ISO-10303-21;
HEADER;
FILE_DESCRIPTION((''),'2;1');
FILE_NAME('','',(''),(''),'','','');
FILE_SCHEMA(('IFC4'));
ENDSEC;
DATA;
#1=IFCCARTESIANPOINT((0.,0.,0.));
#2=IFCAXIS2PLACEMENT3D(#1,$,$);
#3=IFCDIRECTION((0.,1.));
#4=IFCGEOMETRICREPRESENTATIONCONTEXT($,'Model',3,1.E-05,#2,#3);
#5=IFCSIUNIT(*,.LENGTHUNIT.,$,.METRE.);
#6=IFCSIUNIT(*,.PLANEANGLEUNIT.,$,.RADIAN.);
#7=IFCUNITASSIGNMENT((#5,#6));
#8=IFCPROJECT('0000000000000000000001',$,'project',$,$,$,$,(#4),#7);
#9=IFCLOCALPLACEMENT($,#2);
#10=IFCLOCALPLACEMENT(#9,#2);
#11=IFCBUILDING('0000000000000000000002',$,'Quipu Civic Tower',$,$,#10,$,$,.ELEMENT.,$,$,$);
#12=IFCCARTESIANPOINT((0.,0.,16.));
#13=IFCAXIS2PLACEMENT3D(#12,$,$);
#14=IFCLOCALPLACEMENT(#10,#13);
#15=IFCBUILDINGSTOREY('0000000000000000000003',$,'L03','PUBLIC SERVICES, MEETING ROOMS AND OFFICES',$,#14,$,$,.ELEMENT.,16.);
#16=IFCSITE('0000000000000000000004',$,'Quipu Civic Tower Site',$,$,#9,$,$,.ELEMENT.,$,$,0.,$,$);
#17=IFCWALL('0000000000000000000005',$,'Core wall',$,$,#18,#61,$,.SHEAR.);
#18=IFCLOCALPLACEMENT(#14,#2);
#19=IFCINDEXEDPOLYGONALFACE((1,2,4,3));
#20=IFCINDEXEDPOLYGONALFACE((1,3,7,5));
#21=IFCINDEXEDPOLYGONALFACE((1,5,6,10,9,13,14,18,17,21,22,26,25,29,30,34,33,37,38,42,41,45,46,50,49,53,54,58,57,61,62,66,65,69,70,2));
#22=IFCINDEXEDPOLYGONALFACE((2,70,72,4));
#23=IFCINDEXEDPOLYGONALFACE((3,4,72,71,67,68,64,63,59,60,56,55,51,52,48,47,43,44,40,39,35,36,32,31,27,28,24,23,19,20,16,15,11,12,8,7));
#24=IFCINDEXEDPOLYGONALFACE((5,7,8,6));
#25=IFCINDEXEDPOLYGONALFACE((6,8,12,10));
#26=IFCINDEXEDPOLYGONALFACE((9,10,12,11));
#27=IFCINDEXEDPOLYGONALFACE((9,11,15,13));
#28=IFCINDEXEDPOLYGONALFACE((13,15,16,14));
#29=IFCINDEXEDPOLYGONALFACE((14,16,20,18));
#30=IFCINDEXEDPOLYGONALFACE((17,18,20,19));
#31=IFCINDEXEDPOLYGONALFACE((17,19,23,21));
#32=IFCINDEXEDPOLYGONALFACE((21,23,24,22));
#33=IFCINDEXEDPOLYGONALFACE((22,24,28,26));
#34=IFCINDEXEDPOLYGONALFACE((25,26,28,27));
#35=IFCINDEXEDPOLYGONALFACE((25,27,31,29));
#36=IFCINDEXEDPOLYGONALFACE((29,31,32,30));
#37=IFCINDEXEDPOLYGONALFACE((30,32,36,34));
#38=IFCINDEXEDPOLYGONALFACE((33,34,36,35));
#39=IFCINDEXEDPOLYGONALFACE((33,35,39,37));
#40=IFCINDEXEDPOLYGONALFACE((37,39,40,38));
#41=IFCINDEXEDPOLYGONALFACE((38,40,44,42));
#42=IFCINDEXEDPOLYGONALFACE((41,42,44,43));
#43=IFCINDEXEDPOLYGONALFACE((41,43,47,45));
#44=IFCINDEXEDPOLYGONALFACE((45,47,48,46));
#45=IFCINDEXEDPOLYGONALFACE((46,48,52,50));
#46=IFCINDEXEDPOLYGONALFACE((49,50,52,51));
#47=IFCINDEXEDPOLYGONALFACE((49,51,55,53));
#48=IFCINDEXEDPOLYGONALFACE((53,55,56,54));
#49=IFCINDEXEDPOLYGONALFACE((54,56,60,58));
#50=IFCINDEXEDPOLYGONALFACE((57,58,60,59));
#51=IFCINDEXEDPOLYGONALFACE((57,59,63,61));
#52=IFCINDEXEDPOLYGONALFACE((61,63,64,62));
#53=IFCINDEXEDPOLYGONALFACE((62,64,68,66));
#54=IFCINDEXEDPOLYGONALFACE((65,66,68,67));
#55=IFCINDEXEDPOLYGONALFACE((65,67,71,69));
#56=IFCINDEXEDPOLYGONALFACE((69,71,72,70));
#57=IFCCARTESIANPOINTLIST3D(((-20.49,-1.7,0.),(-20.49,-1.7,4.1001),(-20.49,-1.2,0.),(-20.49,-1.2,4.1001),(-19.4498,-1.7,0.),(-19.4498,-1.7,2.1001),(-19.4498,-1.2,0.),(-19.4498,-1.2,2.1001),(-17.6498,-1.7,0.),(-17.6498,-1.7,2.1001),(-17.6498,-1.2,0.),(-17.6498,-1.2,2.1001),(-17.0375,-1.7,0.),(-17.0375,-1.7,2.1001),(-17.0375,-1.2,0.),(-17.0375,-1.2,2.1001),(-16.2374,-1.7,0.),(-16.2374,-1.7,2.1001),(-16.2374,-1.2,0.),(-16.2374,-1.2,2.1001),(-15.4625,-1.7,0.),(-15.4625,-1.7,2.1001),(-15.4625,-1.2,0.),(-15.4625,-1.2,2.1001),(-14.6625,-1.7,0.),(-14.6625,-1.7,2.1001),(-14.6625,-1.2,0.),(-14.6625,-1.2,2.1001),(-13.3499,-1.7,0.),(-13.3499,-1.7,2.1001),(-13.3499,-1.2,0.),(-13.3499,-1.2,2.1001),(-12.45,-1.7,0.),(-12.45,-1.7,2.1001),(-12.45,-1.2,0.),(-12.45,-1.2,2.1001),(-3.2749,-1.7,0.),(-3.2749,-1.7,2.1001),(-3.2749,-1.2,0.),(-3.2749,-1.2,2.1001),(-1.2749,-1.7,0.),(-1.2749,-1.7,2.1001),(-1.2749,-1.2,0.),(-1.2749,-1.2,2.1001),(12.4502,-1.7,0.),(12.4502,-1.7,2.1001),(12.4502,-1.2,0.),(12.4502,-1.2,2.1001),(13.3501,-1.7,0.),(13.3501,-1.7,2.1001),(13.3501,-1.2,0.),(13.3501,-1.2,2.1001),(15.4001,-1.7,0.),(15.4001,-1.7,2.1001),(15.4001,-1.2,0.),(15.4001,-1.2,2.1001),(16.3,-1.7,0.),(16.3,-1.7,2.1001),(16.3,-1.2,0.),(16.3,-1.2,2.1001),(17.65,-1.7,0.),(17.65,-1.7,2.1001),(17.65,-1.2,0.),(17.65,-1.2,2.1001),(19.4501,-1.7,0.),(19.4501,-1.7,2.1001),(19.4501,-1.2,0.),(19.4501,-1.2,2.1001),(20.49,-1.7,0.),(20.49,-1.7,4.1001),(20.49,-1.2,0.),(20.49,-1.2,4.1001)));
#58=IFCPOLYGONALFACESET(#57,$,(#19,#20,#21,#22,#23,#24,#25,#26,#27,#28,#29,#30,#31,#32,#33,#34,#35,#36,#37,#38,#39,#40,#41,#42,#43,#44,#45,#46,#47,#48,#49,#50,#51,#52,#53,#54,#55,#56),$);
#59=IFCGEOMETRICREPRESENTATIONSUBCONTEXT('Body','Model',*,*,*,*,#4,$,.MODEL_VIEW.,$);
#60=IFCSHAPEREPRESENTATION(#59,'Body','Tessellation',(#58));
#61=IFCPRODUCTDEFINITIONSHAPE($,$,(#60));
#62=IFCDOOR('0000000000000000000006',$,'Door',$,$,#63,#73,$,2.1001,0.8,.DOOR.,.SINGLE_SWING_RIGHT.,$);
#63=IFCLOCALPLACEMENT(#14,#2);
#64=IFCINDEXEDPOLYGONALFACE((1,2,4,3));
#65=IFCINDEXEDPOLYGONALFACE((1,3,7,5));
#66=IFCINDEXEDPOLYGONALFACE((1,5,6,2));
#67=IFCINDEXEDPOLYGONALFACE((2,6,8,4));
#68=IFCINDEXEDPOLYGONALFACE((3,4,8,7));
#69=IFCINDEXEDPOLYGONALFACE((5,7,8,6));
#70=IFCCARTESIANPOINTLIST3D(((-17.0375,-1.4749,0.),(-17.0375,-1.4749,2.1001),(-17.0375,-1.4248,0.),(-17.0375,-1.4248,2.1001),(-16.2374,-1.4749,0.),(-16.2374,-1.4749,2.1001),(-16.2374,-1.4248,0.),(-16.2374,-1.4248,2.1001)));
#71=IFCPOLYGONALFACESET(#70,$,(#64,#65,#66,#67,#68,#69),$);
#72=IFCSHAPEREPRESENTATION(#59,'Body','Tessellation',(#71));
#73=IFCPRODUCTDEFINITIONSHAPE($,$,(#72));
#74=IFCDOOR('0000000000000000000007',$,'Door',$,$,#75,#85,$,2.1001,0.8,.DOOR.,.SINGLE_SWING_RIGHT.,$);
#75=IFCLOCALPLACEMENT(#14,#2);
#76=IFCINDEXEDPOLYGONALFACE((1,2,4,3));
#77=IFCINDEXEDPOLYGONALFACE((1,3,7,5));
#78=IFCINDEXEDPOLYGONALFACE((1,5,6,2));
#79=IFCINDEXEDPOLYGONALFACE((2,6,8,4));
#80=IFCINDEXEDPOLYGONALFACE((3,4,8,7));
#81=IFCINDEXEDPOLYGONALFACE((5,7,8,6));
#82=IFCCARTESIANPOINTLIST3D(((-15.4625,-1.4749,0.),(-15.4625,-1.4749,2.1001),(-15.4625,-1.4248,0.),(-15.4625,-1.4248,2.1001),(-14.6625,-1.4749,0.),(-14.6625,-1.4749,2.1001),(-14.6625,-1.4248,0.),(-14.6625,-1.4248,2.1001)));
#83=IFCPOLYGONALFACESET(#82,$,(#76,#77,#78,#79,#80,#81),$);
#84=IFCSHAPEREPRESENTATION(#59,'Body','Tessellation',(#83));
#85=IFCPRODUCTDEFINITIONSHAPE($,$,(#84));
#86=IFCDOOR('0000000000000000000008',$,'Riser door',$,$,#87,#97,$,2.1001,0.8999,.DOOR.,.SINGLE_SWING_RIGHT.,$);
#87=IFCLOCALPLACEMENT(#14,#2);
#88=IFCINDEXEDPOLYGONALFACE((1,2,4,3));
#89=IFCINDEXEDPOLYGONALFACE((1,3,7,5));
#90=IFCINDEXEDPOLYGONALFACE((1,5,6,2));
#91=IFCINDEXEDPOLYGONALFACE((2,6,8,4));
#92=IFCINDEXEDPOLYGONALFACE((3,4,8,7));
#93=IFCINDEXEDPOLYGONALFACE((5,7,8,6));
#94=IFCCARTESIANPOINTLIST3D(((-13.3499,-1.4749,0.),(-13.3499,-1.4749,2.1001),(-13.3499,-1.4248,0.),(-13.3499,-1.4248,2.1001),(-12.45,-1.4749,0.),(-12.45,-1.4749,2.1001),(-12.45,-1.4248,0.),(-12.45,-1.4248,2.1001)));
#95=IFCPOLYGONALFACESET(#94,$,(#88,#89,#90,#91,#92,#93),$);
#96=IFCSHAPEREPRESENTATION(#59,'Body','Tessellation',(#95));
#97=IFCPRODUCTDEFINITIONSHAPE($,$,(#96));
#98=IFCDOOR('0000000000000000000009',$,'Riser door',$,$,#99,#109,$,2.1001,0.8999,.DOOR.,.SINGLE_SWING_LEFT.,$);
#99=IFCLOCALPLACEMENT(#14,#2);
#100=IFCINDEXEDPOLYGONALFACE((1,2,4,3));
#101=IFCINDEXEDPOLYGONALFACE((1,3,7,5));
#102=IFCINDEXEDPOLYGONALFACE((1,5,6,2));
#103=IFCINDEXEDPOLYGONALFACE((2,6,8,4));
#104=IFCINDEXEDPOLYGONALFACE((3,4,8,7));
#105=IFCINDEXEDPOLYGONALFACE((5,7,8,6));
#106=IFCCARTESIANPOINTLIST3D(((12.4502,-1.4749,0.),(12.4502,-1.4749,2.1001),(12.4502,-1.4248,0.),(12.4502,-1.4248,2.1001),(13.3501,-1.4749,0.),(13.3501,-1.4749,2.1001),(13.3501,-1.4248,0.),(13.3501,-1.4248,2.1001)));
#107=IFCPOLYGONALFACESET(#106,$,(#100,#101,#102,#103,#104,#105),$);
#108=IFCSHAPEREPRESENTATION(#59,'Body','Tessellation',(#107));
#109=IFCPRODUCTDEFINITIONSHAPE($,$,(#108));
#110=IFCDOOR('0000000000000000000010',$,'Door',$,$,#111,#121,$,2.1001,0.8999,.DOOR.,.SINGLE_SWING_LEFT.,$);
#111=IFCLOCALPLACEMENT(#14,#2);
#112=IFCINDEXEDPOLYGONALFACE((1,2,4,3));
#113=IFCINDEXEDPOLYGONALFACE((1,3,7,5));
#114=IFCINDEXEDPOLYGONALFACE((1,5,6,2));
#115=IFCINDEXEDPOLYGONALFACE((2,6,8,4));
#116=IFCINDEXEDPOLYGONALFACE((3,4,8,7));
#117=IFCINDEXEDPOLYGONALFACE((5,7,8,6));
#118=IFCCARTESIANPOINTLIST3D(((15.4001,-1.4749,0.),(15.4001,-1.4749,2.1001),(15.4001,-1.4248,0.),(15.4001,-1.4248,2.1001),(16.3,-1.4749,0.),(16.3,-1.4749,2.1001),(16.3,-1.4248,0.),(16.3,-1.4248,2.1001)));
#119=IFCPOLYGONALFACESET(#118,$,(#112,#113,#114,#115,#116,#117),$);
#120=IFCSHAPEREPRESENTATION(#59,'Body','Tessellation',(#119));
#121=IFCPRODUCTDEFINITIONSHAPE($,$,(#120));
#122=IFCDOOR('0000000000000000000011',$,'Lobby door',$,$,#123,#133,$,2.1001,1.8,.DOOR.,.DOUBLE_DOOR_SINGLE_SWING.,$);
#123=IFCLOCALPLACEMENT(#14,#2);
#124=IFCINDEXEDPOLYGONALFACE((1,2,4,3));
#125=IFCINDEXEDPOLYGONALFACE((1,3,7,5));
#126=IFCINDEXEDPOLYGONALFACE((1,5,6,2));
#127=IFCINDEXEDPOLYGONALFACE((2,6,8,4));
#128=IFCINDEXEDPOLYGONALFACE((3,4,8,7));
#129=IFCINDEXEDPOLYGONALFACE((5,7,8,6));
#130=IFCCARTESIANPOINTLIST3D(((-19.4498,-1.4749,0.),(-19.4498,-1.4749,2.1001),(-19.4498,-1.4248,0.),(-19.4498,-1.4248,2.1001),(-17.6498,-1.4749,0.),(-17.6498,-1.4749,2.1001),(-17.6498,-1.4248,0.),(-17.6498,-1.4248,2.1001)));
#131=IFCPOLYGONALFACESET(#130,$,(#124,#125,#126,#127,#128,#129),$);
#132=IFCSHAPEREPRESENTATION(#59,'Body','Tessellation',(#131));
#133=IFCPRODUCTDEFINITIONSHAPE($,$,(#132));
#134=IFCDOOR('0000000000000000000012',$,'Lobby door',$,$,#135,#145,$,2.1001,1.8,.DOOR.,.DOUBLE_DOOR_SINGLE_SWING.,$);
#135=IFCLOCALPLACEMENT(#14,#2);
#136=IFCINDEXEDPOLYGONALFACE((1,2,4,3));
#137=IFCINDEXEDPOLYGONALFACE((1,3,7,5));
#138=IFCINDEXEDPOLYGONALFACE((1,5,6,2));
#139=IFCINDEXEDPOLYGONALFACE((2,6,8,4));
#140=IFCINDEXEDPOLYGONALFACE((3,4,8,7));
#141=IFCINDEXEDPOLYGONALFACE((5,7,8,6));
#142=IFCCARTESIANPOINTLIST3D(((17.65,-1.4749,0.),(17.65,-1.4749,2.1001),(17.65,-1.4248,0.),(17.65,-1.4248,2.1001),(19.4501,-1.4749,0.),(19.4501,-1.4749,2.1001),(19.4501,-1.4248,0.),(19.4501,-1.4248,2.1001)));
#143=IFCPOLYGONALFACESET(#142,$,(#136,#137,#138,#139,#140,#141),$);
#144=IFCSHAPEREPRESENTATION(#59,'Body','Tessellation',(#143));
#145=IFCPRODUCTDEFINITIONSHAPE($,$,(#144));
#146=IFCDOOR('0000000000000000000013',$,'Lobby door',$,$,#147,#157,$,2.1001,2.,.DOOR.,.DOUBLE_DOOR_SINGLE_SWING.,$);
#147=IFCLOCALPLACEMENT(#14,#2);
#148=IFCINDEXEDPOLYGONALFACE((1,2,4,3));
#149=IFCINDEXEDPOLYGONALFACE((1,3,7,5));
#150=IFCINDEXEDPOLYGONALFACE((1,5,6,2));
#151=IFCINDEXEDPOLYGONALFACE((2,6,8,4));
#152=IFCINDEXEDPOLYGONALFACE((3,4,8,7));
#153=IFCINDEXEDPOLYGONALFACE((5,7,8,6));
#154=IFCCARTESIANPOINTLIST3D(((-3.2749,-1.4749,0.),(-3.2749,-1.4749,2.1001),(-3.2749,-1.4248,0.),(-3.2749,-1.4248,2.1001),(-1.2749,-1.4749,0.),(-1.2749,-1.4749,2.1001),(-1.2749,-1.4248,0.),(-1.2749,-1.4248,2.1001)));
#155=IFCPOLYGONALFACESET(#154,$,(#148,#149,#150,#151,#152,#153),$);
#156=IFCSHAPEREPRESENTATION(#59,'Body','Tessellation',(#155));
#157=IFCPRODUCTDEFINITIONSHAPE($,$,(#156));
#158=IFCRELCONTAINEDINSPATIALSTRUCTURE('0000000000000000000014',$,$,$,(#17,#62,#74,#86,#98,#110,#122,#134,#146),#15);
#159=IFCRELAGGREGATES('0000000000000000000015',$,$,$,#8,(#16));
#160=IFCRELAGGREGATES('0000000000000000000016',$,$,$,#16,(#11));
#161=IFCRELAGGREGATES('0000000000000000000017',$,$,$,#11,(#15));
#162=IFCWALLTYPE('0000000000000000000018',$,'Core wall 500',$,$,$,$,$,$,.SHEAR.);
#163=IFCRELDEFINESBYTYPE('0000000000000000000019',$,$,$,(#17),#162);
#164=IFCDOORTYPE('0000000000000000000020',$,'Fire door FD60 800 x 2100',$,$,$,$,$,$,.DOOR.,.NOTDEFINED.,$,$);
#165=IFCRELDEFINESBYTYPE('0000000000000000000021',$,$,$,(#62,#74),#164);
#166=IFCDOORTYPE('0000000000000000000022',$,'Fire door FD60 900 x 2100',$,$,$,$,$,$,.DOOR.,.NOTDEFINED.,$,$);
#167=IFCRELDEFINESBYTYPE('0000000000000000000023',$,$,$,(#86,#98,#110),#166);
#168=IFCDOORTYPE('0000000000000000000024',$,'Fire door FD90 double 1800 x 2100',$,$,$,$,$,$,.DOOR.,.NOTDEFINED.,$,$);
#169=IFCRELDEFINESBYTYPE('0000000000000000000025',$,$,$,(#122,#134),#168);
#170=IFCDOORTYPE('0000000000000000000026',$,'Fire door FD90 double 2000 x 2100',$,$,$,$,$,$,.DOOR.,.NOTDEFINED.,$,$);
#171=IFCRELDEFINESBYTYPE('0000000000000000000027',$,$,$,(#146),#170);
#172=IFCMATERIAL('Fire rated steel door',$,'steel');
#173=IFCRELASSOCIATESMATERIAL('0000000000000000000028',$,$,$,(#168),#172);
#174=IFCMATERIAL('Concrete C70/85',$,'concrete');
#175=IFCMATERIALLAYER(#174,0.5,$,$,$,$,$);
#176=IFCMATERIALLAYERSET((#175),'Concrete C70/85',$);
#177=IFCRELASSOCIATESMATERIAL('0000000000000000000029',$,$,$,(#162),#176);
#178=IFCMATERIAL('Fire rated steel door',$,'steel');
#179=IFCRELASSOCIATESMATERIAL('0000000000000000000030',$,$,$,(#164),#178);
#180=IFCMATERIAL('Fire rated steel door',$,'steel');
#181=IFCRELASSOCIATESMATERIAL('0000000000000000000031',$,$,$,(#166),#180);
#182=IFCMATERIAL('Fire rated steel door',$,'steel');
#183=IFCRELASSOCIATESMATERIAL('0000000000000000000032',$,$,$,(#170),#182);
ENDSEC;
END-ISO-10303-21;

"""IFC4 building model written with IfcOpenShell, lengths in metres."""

from ifc_helpers import new_model, si_unit, direction, frame, frame_2d, origin, place, context, subcontext, project, spatial, rectangle, extrude, material, layer, layer_set, type_object, element, fill, save


model = new_model("IFC4")

# Units and contexts
model_context = context("Model", 3, precision=1e-05, world=origin(), true_north=direction((0.0, 1.0)))
body_context = subcontext(model_context, "Body", "Model", "MODEL_VIEW")
ifc_project = project(units=[si_unit("LENGTHUNIT", "METRE"), si_unit("PLANEANGLEUNIT", "RADIAN")], contexts=[model_context])

# Site, building, storey
site_placement = place(None, origin())
site = spatial("IfcSite", under=ifc_project, at=site_placement, Name="Quipu Civic Tower Site", CompositionType="ELEMENT", RefElevation=0.0)
building_placement = place(site_placement, origin())
building = spatial("IfcBuilding", under=site, at=building_placement, Name="Quipu Civic Tower", CompositionType="ELEMENT")
storey_placement = place(building_placement, frame((0.0, 0.0, 16.0)))
storey = spatial("IfcBuildingStorey", under=building, at=storey_placement, Name="L03", Description="PUBLIC SERVICES, MEETING ROOMS AND OFFICES", CompositionType="ELEMENT", Elevation=16.0)

# Shared definitions
ifc_material_1 = material(Name="Fire rated steel door", Category="steel")
door_type_1 = type_object("IfcDoorType", Name="Fire door FD90 double 1800 x 2100", OperationType="NOTDEFINED", PredefinedType="DOOR", material=ifc_material_1)

# Wall, openings, doors
ifc_material_2 = material(Name="Concrete C70/85", Category="concrete")
ifc_layer_1 = layer(ifc_material_2, 0.5)
ifc_layer_set_1 = layer_set([ifc_layer_1], Name="Concrete C70/85")
wall_type_1 = type_object("IfcWallType", Name="Core wall 500", PredefinedType="SHEAR", material=ifc_layer_set_1)
wall_1_placement = place(storey_placement, frame((20.49, -1.45, 0.0), z_axis=(0.0, 0.0, 1.0), x_axis=(-1.0, 0.0, 0.0)))
wall_1 = element("IfcWall", 1, at=wall_1_placement, inside=storey, type_object=wall_type_1, Name="Core wall", PredefinedType="SHEAR", context=body_context, shape_type="SweptSolid", body=[
    extrude(rectangle(XDim=40.98, YDim=0.5, at=frame_2d((20.49, 0.0))), origin(), (0.0, 0.0, 1.0), 4.1001),
])
opening_1_placement = place(wall_1_placement, frame((38.1399, 0.0, 0.0)))
opening_1 = element("IfcOpeningElement", 2, at=opening_1_placement, cuts=wall_1, PredefinedType="OPENING", context=body_context, shape_type="SweptSolid", body=[
    extrude(rectangle(XDim=1.8, YDim=2.1001, at=frame_2d((0.8999, 1.05))), frame((0.0, 0.26, 0.0), z_axis=(0.0, -1.0, 0.0), x_axis=(1.0, 0.0, 0.0)), (0.0, 0.0, 1.0), 0.52),
])
opening_2_placement = place(wall_1_placement, frame((36.7275, 0.0, 0.0)))
opening_2 = element("IfcOpeningElement", 3, at=opening_2_placement, cuts=wall_1, PredefinedType="OPENING", context=body_context, shape_type="SweptSolid", body=[
    extrude(rectangle(XDim=0.8, YDim=2.1001, at=frame_2d((0.3999, 1.05))), frame((0.0, 0.26, 0.0), z_axis=(0.0, -1.0, 0.0), x_axis=(1.0, 0.0, 0.0)), (0.0, 0.0, 1.0), 0.52),
])
opening_3_placement = place(wall_1_placement, frame((35.1526, 0.0, 0.0)))
opening_3 = element("IfcOpeningElement", 4, at=opening_3_placement, cuts=wall_1, PredefinedType="OPENING", context=body_context, shape_type="SweptSolid", body=[
    extrude(rectangle(XDim=0.8, YDim=2.1001, at=frame_2d((0.3999, 1.05))), frame((0.0, 0.26, 0.0), z_axis=(0.0, -1.0, 0.0), x_axis=(1.0, 0.0, 0.0)), (0.0, 0.0, 1.0), 0.52),
])
opening_4_placement = place(wall_1_placement, frame((32.9399, 0.0, 0.0)))
opening_4 = element("IfcOpeningElement", 5, at=opening_4_placement, cuts=wall_1, PredefinedType="OPENING", context=body_context, shape_type="SweptSolid", body=[
    extrude(rectangle(XDim=0.8999, YDim=2.1001, at=frame_2d((0.45, 1.05))), frame((0.0, 0.26, 0.0), z_axis=(0.0, -1.0, 0.0), x_axis=(1.0, 0.0, 0.0)), (0.0, 0.0, 1.0), 0.52),
])
opening_5_placement = place(wall_1_placement, frame((21.7649, 0.0, 0.0)))
opening_5 = element("IfcOpeningElement", 6, at=opening_5_placement, cuts=wall_1, PredefinedType="OPENING", context=body_context, shape_type="SweptSolid", body=[
    extrude(rectangle(XDim=2.0, YDim=2.1001, at=frame_2d((1.0, 1.05))), frame((0.0, 0.26, 0.0), z_axis=(0.0, -1.0, 0.0), x_axis=(1.0, 0.0, 0.0)), (0.0, 0.0, 1.0), 0.52),
])
opening_6_placement = place(wall_1_placement, frame((7.1399, 0.0, 0.0)))
opening_6 = element("IfcOpeningElement", 7, at=opening_6_placement, cuts=wall_1, PredefinedType="OPENING", context=body_context, shape_type="SweptSolid", body=[
    extrude(rectangle(XDim=0.8999, YDim=2.1001, at=frame_2d((0.45, 1.05))), frame((0.0, 0.26, 0.0), z_axis=(0.0, -1.0, 0.0), x_axis=(1.0, 0.0, 0.0)), (0.0, 0.0, 1.0), 0.52),
])
opening_7_placement = place(wall_1_placement, frame((4.1899, 0.0, 0.0)))
opening_7 = element("IfcOpeningElement", 8, at=opening_7_placement, cuts=wall_1, PredefinedType="OPENING", context=body_context, shape_type="SweptSolid", body=[
    extrude(rectangle(XDim=0.8999, YDim=2.1001, at=frame_2d((0.45, 1.05))), frame((0.0, 0.26, 0.0), z_axis=(0.0, -1.0, 0.0), x_axis=(1.0, 0.0, 0.0)), (0.0, 0.0, 1.0), 0.52),
])
opening_8_placement = place(wall_1_placement, frame((1.04, 0.0, 0.0)))
opening_8 = element("IfcOpeningElement", 9, at=opening_8_placement, cuts=wall_1, PredefinedType="OPENING", context=body_context, shape_type="SweptSolid", body=[
    extrude(rectangle(XDim=1.8, YDim=2.1001, at=frame_2d((0.8999, 1.05))), frame((0.0, 0.26, 0.0), z_axis=(0.0, -1.0, 0.0), x_axis=(1.0, 0.0, 0.0)), (0.0, 0.0, 1.0), 0.52),
])
ifc_material_3 = material(Name="Fire rated steel door", Category="steel")
door_type_2 = type_object("IfcDoorType", Name="Fire door FD60 800 x 2100", OperationType="NOTDEFINED", PredefinedType="DOOR", material=ifc_material_3)
door_1_placement = place(opening_2_placement, origin())
door_1 = element("IfcDoor", 10, at=door_1_placement, inside=storey, type_object=door_type_2, Name="Door", OperationType="SINGLE_SWING_RIGHT", OverallHeight=2.1001, OverallWidth=0.8, PredefinedType="DOOR", context=body_context, shape_type="SweptSolid", body=[
    extrude(rectangle(XDim=0.8, YDim=2.1001, at=frame_2d((0.3999, 1.05))), frame((0.0, 0.0249, 0.0), z_axis=(0.0, -1.0, 0.0), x_axis=(1.0, 0.0, 0.0)), (0.0, 0.0, 1.0), 0.05),
])
fill(opening_2, door_1)
door_2_placement = place(opening_3_placement, origin())
door_2 = element("IfcDoor", 11, at=door_2_placement, inside=storey, type_object=door_type_2, Name="Door", OperationType="SINGLE_SWING_RIGHT", OverallHeight=2.1001, OverallWidth=0.8, PredefinedType="DOOR", context=body_context, shape_type="SweptSolid", body=[
    extrude(rectangle(XDim=0.8, YDim=2.1001, at=frame_2d((0.3999, 1.05))), frame((0.0, 0.0249, 0.0), z_axis=(0.0, -1.0, 0.0), x_axis=(1.0, 0.0, 0.0)), (0.0, 0.0, 1.0), 0.05),
])
fill(opening_3, door_2)
ifc_material_4 = material(Name="Fire rated steel door", Category="steel")
door_type_3 = type_object("IfcDoorType", Name="Fire door FD60 900 x 2100", OperationType="NOTDEFINED", PredefinedType="DOOR", material=ifc_material_4)
door_3_placement = place(opening_4_placement, origin())
door_3 = element("IfcDoor", 12, at=door_3_placement, inside=storey, type_object=door_type_3, Name="Riser door", OperationType="SINGLE_SWING_RIGHT", OverallHeight=2.1001, OverallWidth=0.8999, PredefinedType="DOOR", context=body_context, shape_type="SweptSolid", body=[
    extrude(rectangle(XDim=0.8999, YDim=2.1001, at=frame_2d((0.45, 1.05))), frame((0.0, 0.0249, 0.0), z_axis=(0.0, -1.0, 0.0), x_axis=(1.0, 0.0, 0.0)), (0.0, 0.0, 1.0), 0.05),
])
fill(opening_4, door_3)
door_4_placement = place(opening_6_placement, origin())
door_4 = element("IfcDoor", 13, at=door_4_placement, inside=storey, type_object=door_type_3, Name="Riser door", OperationType="SINGLE_SWING_LEFT", OverallHeight=2.1001, OverallWidth=0.8999, PredefinedType="DOOR", context=body_context, shape_type="SweptSolid", body=[
    extrude(rectangle(XDim=0.8999, YDim=2.1001, at=frame_2d((0.45, 1.05))), frame((0.0, 0.0249, 0.0), z_axis=(0.0, -1.0, 0.0), x_axis=(1.0, 0.0, 0.0)), (0.0, 0.0, 1.0), 0.05),
])
fill(opening_6, door_4)
door_5_placement = place(opening_7_placement, origin())
door_5 = element("IfcDoor", 14, at=door_5_placement, inside=storey, type_object=door_type_3, Name="Door", OperationType="SINGLE_SWING_LEFT", OverallHeight=2.1001, OverallWidth=0.8999, PredefinedType="DOOR", context=body_context, shape_type="SweptSolid", body=[
    extrude(rectangle(XDim=0.8999, YDim=2.1001, at=frame_2d((0.45, 1.05))), frame((0.0, 0.0249, 0.0), z_axis=(0.0, -1.0, 0.0), x_axis=(1.0, 0.0, 0.0)), (0.0, 0.0, 1.0), 0.05),
])
fill(opening_7, door_5)
door_6_placement = place(opening_1_placement, origin())
door_6 = element("IfcDoor", 15, at=door_6_placement, inside=storey, type_object=door_type_1, Name="Lobby door", OperationType="DOUBLE_DOOR_SINGLE_SWING", OverallHeight=2.1001, OverallWidth=1.8, PredefinedType="DOOR", context=body_context, shape_type="SweptSolid", body=[
    extrude(rectangle(XDim=1.8, YDim=2.1001, at=frame_2d((0.8999, 1.05))), frame((0.0, 0.0249, 0.0), z_axis=(0.0, -1.0, 0.0), x_axis=(1.0, 0.0, 0.0)), (0.0, 0.0, 1.0), 0.05),
])
fill(opening_1, door_6)
door_7_placement = place(opening_8_placement, origin())
door_7 = element("IfcDoor", 16, at=door_7_placement, inside=storey, type_object=door_type_1, Name="Lobby door", OperationType="DOUBLE_DOOR_SINGLE_SWING", OverallHeight=2.1001, OverallWidth=1.8, PredefinedType="DOOR", context=body_context, shape_type="SweptSolid", body=[
    extrude(rectangle(XDim=1.8, YDim=2.1001, at=frame_2d((0.8999, 1.05))), frame((0.0, 0.0249, 0.0), z_axis=(0.0, -1.0, 0.0), x_axis=(1.0, 0.0, 0.0)), (0.0, 0.0, 1.0), 0.05),
])
fill(opening_8, door_7)
ifc_material_5 = material(Name="Fire rated steel door", Category="steel")
door_type_4 = type_object("IfcDoorType", Name="Fire door FD90 double 2000 x 2100", OperationType="NOTDEFINED", PredefinedType="DOOR", material=ifc_material_5)
door_8_placement = place(opening_5_placement, origin())
door_8 = element("IfcDoor", 17, at=door_8_placement, inside=storey, type_object=door_type_4, Name="Lobby door", OperationType="DOUBLE_DOOR_SINGLE_SWING", OverallHeight=2.1001, OverallWidth=2.0, PredefinedType="DOOR", context=body_context, shape_type="SweptSolid", body=[
    extrude(rectangle(XDim=2.0, YDim=2.1001, at=frame_2d((1.0, 1.05))), frame((0.0, 0.0249, 0.0), z_axis=(0.0, -1.0, 0.0), x_axis=(1.0, 0.0, 0.0)), (0.0, 0.0, 1.0), 0.05),
])
fill(opening_5, door_8)

save(model, "model.ifc")
